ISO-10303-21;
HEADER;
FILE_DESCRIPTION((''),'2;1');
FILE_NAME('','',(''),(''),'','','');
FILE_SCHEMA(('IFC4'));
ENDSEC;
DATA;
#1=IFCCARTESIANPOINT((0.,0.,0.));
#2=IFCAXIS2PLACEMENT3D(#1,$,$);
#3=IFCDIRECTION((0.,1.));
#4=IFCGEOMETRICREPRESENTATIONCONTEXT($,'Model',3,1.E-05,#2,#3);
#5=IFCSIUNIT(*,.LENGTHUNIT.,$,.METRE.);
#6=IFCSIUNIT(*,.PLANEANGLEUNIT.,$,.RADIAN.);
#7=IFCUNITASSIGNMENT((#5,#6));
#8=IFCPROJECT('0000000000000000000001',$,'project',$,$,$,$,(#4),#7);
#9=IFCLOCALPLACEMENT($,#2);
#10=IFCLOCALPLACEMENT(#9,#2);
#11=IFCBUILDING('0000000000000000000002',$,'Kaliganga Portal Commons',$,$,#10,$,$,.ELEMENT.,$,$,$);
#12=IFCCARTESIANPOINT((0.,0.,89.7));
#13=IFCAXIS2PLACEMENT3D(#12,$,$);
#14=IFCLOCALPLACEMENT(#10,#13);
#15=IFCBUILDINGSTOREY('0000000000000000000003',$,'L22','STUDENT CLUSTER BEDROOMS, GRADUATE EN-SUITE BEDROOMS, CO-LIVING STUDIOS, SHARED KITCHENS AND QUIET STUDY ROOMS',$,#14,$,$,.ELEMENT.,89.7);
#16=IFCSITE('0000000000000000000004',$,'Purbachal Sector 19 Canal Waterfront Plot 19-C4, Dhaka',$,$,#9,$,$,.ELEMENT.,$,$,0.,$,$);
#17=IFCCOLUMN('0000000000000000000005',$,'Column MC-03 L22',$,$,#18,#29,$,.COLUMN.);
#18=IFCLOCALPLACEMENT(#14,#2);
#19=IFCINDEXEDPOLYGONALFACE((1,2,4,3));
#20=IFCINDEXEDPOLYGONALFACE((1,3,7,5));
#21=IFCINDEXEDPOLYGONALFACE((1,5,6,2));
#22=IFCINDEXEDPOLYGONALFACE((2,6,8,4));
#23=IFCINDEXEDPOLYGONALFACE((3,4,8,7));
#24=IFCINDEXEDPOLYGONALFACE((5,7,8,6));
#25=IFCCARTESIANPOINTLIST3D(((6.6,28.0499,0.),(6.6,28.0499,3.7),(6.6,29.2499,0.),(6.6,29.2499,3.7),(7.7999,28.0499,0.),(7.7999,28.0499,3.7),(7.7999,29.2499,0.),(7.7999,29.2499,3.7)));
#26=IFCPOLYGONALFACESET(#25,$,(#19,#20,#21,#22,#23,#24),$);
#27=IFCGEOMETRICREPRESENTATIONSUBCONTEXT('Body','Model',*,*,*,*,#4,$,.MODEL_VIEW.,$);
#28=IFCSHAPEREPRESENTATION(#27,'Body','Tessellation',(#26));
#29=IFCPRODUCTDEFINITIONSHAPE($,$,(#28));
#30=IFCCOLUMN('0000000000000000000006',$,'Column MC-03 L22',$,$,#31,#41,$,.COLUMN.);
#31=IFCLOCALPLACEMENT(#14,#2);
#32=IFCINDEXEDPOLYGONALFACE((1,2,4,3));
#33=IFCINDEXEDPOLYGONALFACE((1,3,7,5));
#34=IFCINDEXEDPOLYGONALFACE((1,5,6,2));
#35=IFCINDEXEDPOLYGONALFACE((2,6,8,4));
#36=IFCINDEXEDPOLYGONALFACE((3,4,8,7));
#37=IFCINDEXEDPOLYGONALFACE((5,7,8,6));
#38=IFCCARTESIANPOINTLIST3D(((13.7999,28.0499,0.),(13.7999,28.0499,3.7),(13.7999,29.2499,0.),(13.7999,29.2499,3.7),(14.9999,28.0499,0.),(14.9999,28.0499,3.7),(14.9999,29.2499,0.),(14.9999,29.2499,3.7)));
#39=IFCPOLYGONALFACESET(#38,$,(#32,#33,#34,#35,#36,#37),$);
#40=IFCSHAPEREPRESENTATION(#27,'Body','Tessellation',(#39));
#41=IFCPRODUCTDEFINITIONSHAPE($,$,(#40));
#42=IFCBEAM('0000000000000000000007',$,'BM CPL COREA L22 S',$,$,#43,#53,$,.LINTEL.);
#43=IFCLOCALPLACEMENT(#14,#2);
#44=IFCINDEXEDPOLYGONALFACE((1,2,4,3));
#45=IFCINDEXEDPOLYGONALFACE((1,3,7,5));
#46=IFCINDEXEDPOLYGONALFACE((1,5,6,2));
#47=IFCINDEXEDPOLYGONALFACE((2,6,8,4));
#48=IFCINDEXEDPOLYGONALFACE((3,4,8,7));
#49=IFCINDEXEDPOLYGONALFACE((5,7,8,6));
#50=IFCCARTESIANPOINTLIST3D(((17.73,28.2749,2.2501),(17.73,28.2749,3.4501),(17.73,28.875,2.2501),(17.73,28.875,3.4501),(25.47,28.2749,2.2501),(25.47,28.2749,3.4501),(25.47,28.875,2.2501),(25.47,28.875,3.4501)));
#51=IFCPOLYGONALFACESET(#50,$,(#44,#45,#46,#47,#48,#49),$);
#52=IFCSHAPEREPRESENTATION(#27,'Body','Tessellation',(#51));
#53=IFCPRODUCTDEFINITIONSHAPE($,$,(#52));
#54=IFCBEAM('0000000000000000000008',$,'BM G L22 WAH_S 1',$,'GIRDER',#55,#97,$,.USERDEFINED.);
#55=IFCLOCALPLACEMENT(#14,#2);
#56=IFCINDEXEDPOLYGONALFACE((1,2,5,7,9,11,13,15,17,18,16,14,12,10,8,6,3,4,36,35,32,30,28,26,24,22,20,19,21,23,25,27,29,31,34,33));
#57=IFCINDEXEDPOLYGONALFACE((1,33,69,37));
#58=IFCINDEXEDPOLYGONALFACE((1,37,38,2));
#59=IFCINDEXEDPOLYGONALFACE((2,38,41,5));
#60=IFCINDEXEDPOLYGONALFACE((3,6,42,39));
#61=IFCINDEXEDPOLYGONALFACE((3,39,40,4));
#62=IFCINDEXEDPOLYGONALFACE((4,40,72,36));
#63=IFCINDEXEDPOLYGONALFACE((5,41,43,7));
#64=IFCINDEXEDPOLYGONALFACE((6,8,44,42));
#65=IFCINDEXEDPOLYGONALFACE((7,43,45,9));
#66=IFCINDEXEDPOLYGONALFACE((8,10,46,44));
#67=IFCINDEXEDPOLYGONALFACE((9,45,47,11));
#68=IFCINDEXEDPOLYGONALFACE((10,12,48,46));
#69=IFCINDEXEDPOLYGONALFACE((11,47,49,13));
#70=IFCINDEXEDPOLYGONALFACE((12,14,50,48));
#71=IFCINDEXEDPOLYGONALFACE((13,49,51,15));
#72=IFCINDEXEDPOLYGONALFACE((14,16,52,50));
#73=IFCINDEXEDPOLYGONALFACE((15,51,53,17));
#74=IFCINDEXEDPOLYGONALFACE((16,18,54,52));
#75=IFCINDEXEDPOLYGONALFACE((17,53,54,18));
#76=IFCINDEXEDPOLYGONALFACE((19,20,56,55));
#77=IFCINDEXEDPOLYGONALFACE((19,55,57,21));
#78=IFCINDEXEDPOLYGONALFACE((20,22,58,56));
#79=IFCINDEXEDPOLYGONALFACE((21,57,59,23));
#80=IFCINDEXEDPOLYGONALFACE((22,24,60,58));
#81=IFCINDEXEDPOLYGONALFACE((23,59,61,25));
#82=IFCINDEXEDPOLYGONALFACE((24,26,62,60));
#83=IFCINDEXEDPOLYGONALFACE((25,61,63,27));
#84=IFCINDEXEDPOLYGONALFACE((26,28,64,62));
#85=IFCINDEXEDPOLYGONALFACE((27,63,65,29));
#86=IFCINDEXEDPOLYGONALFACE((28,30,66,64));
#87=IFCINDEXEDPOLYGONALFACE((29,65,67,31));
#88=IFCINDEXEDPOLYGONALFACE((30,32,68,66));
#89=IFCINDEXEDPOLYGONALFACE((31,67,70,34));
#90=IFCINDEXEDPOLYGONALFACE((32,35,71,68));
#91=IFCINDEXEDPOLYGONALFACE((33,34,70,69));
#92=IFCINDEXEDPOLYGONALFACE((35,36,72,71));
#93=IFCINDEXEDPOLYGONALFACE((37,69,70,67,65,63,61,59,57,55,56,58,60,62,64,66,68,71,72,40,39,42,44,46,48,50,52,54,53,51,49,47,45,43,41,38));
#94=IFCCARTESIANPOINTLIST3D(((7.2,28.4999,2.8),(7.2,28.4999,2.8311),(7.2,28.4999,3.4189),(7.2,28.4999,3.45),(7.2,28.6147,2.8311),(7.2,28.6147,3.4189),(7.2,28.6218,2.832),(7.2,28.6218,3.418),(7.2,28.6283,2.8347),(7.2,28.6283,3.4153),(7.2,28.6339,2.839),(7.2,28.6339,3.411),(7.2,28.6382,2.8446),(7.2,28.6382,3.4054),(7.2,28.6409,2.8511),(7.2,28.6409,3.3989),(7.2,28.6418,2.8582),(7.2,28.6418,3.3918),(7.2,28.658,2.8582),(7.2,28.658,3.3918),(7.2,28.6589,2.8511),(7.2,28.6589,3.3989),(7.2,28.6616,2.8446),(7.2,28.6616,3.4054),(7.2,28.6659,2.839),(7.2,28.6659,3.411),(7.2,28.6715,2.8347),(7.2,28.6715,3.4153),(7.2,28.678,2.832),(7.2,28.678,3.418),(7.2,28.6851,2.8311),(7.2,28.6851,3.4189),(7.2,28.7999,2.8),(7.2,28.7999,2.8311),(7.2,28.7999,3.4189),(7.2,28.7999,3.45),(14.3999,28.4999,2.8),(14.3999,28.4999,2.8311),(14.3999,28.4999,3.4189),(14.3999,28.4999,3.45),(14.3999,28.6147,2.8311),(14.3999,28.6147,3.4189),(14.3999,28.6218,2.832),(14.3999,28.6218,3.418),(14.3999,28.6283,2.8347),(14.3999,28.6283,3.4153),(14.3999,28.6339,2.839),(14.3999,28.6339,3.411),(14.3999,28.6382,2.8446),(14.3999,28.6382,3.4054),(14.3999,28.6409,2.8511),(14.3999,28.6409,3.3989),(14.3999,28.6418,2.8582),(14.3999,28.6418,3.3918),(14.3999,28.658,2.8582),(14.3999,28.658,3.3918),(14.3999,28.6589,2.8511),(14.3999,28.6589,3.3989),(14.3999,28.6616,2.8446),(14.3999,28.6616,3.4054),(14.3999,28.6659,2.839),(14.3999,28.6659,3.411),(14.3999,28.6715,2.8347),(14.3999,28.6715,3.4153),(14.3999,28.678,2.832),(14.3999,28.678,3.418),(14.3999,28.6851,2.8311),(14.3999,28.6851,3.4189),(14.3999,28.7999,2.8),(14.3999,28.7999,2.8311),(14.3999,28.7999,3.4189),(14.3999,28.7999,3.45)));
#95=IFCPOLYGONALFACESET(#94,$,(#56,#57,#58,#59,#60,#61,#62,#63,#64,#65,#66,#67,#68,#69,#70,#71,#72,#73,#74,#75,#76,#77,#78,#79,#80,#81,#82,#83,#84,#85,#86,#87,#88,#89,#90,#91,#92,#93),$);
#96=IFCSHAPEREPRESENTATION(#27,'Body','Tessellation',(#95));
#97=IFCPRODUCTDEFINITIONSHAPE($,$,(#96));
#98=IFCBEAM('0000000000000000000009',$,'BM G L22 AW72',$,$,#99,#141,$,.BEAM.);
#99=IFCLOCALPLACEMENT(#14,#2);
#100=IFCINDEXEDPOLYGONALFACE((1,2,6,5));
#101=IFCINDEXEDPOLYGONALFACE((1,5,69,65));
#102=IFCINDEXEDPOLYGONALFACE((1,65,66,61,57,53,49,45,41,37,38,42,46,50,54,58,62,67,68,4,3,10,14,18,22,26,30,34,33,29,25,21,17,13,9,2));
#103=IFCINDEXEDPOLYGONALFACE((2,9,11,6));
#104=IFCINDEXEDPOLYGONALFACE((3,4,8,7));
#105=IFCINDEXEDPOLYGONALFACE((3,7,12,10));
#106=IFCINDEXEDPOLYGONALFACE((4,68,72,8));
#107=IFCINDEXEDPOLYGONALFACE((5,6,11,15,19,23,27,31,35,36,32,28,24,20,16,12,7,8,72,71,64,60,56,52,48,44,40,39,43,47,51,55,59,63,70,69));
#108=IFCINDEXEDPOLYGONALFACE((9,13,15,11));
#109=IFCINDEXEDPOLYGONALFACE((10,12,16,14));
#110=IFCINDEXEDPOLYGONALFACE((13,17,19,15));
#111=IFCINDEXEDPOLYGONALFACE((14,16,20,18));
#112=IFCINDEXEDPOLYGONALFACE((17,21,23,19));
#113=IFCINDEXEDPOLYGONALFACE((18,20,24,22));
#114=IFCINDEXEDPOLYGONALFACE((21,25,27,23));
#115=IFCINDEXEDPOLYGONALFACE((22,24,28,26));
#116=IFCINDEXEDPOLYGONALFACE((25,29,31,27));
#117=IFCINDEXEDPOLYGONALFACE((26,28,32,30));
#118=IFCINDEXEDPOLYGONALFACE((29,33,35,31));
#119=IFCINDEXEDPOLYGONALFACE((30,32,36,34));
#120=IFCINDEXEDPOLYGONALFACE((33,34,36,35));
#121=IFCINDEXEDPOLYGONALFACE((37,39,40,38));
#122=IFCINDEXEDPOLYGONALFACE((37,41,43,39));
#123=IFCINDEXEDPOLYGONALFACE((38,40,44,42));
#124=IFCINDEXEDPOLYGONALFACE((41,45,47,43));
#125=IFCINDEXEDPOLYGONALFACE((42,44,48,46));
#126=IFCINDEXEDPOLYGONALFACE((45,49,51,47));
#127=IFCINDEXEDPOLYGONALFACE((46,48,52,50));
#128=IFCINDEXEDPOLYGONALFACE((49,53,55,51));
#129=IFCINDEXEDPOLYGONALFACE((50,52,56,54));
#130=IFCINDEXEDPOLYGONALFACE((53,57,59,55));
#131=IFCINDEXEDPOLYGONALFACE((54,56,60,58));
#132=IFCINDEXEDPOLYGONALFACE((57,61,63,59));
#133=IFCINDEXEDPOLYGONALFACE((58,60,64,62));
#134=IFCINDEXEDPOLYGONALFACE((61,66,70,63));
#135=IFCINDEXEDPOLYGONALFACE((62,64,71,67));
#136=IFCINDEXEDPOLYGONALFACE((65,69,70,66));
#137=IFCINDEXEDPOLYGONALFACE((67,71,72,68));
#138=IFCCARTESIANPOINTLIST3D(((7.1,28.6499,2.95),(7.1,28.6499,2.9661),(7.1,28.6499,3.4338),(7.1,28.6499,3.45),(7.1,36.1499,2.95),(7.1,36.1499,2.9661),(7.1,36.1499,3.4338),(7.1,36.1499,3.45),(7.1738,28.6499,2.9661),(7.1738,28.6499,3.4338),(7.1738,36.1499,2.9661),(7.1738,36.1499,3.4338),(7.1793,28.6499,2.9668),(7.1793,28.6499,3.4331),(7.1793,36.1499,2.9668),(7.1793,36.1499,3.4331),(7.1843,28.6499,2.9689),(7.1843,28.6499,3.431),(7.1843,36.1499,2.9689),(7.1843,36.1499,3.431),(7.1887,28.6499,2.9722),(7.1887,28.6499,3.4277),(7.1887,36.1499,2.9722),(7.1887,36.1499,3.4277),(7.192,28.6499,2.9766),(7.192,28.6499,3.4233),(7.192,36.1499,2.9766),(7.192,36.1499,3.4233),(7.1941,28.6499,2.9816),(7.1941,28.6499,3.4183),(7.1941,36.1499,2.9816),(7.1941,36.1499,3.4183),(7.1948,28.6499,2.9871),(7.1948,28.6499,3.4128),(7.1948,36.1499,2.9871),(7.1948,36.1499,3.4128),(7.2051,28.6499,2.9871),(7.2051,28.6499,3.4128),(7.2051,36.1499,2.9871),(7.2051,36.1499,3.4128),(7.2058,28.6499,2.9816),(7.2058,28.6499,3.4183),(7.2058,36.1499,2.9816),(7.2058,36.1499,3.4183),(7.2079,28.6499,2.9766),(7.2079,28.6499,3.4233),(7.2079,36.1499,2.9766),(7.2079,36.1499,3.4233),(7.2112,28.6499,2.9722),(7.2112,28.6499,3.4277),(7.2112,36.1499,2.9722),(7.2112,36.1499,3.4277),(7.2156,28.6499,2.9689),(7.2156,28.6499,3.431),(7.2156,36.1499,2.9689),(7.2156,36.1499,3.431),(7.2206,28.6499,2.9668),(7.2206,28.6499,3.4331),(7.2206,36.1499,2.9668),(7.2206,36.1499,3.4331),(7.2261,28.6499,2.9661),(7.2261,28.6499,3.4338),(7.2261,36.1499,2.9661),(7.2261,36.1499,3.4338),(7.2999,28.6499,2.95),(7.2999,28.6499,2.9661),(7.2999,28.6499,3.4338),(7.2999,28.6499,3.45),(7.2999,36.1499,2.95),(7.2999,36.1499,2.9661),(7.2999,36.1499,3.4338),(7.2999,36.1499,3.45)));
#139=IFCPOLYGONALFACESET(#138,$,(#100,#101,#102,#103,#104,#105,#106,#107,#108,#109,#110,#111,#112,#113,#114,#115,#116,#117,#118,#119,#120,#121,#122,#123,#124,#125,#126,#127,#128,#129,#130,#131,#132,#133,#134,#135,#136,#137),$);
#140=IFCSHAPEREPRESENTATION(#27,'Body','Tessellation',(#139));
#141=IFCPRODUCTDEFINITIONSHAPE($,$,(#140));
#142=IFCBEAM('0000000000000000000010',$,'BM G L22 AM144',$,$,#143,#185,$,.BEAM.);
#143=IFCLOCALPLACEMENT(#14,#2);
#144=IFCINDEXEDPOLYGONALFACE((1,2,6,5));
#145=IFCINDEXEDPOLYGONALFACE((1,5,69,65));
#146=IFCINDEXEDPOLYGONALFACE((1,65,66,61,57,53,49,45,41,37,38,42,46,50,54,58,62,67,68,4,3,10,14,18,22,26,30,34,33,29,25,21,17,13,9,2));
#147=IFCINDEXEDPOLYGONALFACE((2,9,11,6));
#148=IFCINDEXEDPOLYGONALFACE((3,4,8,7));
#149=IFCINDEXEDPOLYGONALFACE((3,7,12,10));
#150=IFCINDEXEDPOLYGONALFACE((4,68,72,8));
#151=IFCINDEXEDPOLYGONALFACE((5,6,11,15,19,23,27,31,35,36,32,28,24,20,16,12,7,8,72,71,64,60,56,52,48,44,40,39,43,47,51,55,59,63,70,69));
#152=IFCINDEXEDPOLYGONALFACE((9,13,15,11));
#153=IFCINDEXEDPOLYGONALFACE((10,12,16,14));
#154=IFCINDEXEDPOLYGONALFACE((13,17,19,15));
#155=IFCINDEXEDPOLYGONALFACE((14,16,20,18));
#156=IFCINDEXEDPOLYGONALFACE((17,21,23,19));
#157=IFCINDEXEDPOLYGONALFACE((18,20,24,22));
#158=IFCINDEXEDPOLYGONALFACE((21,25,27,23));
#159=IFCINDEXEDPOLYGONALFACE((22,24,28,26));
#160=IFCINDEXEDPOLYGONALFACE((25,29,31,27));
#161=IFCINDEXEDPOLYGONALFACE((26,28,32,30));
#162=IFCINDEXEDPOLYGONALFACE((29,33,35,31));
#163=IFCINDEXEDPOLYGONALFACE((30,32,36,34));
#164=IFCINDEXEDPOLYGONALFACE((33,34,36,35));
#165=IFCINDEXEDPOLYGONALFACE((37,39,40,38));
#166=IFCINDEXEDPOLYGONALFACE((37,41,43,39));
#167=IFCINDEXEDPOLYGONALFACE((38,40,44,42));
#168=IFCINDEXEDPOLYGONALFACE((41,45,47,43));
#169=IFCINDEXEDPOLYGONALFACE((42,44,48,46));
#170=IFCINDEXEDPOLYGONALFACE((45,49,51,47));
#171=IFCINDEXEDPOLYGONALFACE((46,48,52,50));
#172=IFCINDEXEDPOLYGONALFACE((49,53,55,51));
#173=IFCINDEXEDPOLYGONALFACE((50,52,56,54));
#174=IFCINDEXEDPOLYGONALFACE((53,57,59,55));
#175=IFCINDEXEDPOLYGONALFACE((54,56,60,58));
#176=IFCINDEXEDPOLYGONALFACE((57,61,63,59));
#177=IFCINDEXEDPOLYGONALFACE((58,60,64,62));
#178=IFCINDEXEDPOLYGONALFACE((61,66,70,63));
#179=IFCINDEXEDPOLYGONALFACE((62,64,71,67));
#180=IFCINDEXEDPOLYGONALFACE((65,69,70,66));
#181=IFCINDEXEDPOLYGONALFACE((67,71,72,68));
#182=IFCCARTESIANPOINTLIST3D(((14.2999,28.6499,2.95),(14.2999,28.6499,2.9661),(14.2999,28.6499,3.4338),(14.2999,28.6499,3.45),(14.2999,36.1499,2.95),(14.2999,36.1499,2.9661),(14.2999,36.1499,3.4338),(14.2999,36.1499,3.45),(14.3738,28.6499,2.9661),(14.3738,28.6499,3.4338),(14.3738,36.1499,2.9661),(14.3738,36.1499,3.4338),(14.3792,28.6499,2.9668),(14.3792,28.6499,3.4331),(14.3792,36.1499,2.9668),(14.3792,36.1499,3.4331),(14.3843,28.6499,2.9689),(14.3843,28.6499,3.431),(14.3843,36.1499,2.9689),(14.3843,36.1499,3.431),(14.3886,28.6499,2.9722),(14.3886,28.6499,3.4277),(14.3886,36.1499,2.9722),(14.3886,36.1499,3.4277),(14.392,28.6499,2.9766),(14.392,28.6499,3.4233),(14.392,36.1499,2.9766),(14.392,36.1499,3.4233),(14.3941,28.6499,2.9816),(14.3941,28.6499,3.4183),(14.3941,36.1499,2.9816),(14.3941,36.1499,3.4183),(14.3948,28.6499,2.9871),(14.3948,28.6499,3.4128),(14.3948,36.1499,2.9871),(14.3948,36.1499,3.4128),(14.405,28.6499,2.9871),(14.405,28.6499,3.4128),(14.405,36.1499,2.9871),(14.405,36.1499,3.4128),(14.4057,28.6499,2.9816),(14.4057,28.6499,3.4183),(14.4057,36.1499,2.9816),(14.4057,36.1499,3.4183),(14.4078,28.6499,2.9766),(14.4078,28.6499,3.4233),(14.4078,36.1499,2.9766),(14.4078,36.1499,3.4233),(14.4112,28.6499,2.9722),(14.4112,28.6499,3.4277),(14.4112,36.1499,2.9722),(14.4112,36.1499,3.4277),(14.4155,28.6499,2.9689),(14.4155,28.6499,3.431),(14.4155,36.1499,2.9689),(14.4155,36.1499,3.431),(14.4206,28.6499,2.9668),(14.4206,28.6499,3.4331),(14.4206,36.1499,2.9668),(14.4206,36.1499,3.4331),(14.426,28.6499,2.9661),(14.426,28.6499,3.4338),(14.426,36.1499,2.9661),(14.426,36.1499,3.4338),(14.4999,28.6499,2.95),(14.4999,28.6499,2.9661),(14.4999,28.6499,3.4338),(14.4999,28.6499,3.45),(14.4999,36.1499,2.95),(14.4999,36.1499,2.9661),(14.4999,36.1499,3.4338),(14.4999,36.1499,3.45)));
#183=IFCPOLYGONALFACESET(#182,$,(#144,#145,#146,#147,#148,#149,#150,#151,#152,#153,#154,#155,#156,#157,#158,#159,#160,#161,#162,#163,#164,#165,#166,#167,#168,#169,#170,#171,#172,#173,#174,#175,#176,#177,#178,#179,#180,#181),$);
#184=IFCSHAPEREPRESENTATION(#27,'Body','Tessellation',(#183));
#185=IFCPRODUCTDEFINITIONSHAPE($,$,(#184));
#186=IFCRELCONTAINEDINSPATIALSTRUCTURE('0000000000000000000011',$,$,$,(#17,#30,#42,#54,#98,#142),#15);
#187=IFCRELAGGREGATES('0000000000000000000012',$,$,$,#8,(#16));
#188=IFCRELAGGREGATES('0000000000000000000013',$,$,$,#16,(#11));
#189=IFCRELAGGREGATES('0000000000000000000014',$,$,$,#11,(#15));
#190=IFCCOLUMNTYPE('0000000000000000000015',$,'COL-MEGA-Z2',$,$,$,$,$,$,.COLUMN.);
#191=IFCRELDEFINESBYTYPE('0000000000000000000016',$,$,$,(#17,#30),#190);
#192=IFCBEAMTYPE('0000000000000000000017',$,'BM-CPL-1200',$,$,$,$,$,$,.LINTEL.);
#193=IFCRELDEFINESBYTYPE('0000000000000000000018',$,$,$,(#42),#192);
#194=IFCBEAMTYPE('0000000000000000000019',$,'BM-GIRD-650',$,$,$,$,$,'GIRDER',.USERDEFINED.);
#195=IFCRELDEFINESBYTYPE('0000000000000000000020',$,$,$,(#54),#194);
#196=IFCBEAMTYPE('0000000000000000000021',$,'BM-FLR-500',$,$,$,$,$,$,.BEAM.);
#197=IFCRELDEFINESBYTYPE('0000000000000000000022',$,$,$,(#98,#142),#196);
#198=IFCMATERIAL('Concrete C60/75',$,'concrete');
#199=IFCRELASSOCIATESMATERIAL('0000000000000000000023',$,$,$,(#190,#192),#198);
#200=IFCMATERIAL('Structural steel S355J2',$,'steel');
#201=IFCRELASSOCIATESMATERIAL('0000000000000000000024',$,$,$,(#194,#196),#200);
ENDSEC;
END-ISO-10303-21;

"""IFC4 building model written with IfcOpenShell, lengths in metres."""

from ifc_helpers import new_model, si_unit, direction, frame, origin, origin_2d, place, context, subcontext, project, spatial, rectangle, i_section, extrude, source, transform, mapped, material, material_profile, profile_set, type_object, element, save


model = new_model("IFC4")

# Units and contexts
model_context = context("Model", 3, precision=1e-05, world=origin(), true_north=direction((0.0, 1.0)))
body_context = subcontext(model_context, "Body", "Model", "MODEL_VIEW")
ifc_project = project(units=[si_unit("LENGTHUNIT", "METRE"), si_unit("PLANEANGLEUNIT", "RADIAN")], contexts=[model_context])

# Site, building, storey
site_placement = place(None, origin())
site = spatial("IfcSite", under=ifc_project, at=site_placement, Name="Purbachal Sector 19 Canal Waterfront Plot 19-C4, Dhaka", CompositionType="ELEMENT", RefElevation=0.0)
building_placement = place(site_placement, origin())
building = spatial("IfcBuilding", under=site, at=building_placement, Name="Kaliganga Portal Commons", CompositionType="ELEMENT")
storey_placement = place(building_placement, frame((0.0, 0.0, 89.7)))
storey = spatial("IfcBuildingStorey", under=building, at=storey_placement, Name="L22", Description="STUDENT CLUSTER BEDROOMS, GRADUATE EN-SUITE BEDROOMS, CO-LIVING STUDIOS, SHARED KITCHENS AND QUIET STUDY ROOMS", CompositionType="ELEMENT", Elevation=89.7)

# Columns
ifc_material_1 = material(Name="Concrete C60/75", Category="concrete")
ifc_material_profile_1 = material_profile(ifc_material_1, rectangle(XDim=1.2, YDim=1.2, at=origin_2d()), Name="RC 1200x1200")
ifc_profile_set_1 = profile_set([ifc_material_profile_1], Name="Concrete C60/75")
column_type = type_object("IfcColumnType", Name="COL-MEGA-Z2", PredefinedType="COLUMN", material=ifc_profile_set_1)
shared_shape_1 = source(origin(), body_context, "Body", "SweptSolid", [
    extrude(rectangle(XDim=1.2, YDim=1.2, at=origin_2d()), origin(), (0.0, 0.0, 1.0), 3.7),
])
for number, where, z_axis, x_axis, name in (
    (1, (7.2, 28.6499, 0.0), (0.0, 0.0, 1.0), (1.0, 0.0, 0.0), "Column MC-03 L22"),
    (2, (14.3999, 28.6499, 0.0), (0.0, 0.0, 1.0), (1.0, 0.0, 0.0), "Column MC-03 L22"),
):
    element("IfcColumn", number, at=place(storey_placement, frame(where, z_axis=z_axis, x_axis=x_axis)), inside=storey, type_object=column_type, Name=name, PredefinedType="COLUMN", context=body_context, shape_type="MappedRepresentation", body=[
        mapped(shared_shape_1, transform((0.0, 0.0, 0.0), x_axis=(1.0, 0.0, 0.0), y_axis=(0.0, 1.0, 0.0), z_axis=(0.0, 0.0, 1.0), scale=1.0)),
    ])

# Beams
ifc_material_profile_2 = material_profile(ifc_material_1, rectangle(XDim=0.6001, YDim=1.2, at=origin_2d()), Name="RC 600x1200")
ifc_profile_set_2 = profile_set([ifc_material_profile_2], Name="Concrete C60/75")
beam_type_1 = type_object("IfcBeamType", Name="BM-CPL-1200", PredefinedType="LINTEL", material=ifc_profile_set_2)
shared_shape_2 = source(origin(), body_context, "Body", "SweptSolid", [
    extrude(rectangle(XDim=0.6001, YDim=1.2, at=origin_2d()), origin(), (0.0, 0.0, 1.0), 7.74),
])
beam_1_placement = place(storey_placement, frame((17.73, 28.575, 2.8501), z_axis=(1.0, 0.0, 0.0), x_axis=(0.0, 1.0, 0.0)))
element("IfcBeam", 3, at=beam_1_placement, inside=storey, type_object=beam_type_1, Name="BM CPL COREA L22 S", PredefinedType="LINTEL", context=body_context, shape_type="MappedRepresentation", body=[
    mapped(shared_shape_2, transform((0.0, 0.0, 0.0), x_axis=(1.0, 0.0, 0.0), y_axis=(0.0, 1.0, 0.0), z_axis=(0.0, 0.0, 1.0), scale=1.0)),
])
ifc_material_2 = material(Name="Structural steel S355J2", Category="steel")
ifc_material_profile_3 = material_profile(ifc_material_2, i_section(OverallWidth=0.3, OverallDepth=0.6499, WebThickness=0.0161, FlangeThickness=0.031, FilletRadius=0.0271, at=origin_2d()), Name="HE 650 B")
ifc_profile_set_3 = profile_set([ifc_material_profile_3], Name="Structural steel S355J2 wide-flange")
beam_type_2 = type_object("IfcBeamType", Name="BM-GIRD-650", ElementType="GIRDER", PredefinedType="USERDEFINED", material=ifc_profile_set_3)
shared_shape_3 = source(origin(), body_context, "Body", "SweptSolid", [
    extrude(i_section(OverallWidth=0.3, OverallDepth=0.6499, WebThickness=0.0161, FlangeThickness=0.031, FilletRadius=0.0271, at=origin_2d()), origin(), (0.0, 0.0, 1.0), 7.2),
])
beam_2_placement = place(storey_placement, frame((7.2, 28.6499, 3.125), z_axis=(1.0, 0.0, 0.0), x_axis=(0.0, 1.0, 0.0)))
element("IfcBeam", 4, at=beam_2_placement, inside=storey, type_object=beam_type_2, Name="BM G L22 WAH_S 1", ObjectType="GIRDER", PredefinedType="USERDEFINED", context=body_context, shape_type="MappedRepresentation", body=[
    mapped(shared_shape_3, transform((0.0, 0.0, 0.0), x_axis=(1.0, 0.0, 0.0), y_axis=(0.0, 1.0, 0.0), z_axis=(0.0, 0.0, 1.0), scale=1.0)),
])
ifc_material_profile_4 = material_profile(ifc_material_2, i_section(OverallWidth=0.2, OverallDepth=0.5, WebThickness=0.0103, FlangeThickness=0.0161, FilletRadius=0.021, at=origin_2d()), Name="IPE 500")
ifc_profile_set_4 = profile_set([ifc_material_profile_4], Name="Structural steel S355J2 wide-flange")
beam_type_3 = type_object("IfcBeamType", Name="BM-FLR-500", PredefinedType="BEAM", material=ifc_profile_set_4)
shared_shape_4 = source(origin(), body_context, "Body", "SweptSolid", [
    extrude(i_section(OverallWidth=0.2, OverallDepth=0.5, WebThickness=0.0103, FlangeThickness=0.0161, FilletRadius=0.021, at=origin_2d()), origin(), (0.0, 0.0, 1.0), 7.5),
])
for number, where, z_axis, x_axis, name in (
    (5, (7.2, 28.6499, 3.2), (0.0, 1.0, 0.0), (-1.0, 0.0, 0.0), "BM G L22 AW72"),
    (6, (14.3999, 28.6499, 3.2), (0.0, 1.0, 0.0), (-1.0, 0.0, 0.0), "BM G L22 AM144"),
):
    element("IfcBeam", number, at=place(storey_placement, frame(where, z_axis=z_axis, x_axis=x_axis)), inside=storey, type_object=beam_type_3, Name=name, PredefinedType="BEAM", context=body_context, shape_type="MappedRepresentation", body=[
        mapped(shared_shape_4, transform((0.0, 0.0, 0.0), x_axis=(1.0, 0.0, 0.0), y_axis=(0.0, 1.0, 0.0), z_axis=(0.0, 0.0, 1.0), scale=1.0)),
    ])

save(model, "model.ifc")
